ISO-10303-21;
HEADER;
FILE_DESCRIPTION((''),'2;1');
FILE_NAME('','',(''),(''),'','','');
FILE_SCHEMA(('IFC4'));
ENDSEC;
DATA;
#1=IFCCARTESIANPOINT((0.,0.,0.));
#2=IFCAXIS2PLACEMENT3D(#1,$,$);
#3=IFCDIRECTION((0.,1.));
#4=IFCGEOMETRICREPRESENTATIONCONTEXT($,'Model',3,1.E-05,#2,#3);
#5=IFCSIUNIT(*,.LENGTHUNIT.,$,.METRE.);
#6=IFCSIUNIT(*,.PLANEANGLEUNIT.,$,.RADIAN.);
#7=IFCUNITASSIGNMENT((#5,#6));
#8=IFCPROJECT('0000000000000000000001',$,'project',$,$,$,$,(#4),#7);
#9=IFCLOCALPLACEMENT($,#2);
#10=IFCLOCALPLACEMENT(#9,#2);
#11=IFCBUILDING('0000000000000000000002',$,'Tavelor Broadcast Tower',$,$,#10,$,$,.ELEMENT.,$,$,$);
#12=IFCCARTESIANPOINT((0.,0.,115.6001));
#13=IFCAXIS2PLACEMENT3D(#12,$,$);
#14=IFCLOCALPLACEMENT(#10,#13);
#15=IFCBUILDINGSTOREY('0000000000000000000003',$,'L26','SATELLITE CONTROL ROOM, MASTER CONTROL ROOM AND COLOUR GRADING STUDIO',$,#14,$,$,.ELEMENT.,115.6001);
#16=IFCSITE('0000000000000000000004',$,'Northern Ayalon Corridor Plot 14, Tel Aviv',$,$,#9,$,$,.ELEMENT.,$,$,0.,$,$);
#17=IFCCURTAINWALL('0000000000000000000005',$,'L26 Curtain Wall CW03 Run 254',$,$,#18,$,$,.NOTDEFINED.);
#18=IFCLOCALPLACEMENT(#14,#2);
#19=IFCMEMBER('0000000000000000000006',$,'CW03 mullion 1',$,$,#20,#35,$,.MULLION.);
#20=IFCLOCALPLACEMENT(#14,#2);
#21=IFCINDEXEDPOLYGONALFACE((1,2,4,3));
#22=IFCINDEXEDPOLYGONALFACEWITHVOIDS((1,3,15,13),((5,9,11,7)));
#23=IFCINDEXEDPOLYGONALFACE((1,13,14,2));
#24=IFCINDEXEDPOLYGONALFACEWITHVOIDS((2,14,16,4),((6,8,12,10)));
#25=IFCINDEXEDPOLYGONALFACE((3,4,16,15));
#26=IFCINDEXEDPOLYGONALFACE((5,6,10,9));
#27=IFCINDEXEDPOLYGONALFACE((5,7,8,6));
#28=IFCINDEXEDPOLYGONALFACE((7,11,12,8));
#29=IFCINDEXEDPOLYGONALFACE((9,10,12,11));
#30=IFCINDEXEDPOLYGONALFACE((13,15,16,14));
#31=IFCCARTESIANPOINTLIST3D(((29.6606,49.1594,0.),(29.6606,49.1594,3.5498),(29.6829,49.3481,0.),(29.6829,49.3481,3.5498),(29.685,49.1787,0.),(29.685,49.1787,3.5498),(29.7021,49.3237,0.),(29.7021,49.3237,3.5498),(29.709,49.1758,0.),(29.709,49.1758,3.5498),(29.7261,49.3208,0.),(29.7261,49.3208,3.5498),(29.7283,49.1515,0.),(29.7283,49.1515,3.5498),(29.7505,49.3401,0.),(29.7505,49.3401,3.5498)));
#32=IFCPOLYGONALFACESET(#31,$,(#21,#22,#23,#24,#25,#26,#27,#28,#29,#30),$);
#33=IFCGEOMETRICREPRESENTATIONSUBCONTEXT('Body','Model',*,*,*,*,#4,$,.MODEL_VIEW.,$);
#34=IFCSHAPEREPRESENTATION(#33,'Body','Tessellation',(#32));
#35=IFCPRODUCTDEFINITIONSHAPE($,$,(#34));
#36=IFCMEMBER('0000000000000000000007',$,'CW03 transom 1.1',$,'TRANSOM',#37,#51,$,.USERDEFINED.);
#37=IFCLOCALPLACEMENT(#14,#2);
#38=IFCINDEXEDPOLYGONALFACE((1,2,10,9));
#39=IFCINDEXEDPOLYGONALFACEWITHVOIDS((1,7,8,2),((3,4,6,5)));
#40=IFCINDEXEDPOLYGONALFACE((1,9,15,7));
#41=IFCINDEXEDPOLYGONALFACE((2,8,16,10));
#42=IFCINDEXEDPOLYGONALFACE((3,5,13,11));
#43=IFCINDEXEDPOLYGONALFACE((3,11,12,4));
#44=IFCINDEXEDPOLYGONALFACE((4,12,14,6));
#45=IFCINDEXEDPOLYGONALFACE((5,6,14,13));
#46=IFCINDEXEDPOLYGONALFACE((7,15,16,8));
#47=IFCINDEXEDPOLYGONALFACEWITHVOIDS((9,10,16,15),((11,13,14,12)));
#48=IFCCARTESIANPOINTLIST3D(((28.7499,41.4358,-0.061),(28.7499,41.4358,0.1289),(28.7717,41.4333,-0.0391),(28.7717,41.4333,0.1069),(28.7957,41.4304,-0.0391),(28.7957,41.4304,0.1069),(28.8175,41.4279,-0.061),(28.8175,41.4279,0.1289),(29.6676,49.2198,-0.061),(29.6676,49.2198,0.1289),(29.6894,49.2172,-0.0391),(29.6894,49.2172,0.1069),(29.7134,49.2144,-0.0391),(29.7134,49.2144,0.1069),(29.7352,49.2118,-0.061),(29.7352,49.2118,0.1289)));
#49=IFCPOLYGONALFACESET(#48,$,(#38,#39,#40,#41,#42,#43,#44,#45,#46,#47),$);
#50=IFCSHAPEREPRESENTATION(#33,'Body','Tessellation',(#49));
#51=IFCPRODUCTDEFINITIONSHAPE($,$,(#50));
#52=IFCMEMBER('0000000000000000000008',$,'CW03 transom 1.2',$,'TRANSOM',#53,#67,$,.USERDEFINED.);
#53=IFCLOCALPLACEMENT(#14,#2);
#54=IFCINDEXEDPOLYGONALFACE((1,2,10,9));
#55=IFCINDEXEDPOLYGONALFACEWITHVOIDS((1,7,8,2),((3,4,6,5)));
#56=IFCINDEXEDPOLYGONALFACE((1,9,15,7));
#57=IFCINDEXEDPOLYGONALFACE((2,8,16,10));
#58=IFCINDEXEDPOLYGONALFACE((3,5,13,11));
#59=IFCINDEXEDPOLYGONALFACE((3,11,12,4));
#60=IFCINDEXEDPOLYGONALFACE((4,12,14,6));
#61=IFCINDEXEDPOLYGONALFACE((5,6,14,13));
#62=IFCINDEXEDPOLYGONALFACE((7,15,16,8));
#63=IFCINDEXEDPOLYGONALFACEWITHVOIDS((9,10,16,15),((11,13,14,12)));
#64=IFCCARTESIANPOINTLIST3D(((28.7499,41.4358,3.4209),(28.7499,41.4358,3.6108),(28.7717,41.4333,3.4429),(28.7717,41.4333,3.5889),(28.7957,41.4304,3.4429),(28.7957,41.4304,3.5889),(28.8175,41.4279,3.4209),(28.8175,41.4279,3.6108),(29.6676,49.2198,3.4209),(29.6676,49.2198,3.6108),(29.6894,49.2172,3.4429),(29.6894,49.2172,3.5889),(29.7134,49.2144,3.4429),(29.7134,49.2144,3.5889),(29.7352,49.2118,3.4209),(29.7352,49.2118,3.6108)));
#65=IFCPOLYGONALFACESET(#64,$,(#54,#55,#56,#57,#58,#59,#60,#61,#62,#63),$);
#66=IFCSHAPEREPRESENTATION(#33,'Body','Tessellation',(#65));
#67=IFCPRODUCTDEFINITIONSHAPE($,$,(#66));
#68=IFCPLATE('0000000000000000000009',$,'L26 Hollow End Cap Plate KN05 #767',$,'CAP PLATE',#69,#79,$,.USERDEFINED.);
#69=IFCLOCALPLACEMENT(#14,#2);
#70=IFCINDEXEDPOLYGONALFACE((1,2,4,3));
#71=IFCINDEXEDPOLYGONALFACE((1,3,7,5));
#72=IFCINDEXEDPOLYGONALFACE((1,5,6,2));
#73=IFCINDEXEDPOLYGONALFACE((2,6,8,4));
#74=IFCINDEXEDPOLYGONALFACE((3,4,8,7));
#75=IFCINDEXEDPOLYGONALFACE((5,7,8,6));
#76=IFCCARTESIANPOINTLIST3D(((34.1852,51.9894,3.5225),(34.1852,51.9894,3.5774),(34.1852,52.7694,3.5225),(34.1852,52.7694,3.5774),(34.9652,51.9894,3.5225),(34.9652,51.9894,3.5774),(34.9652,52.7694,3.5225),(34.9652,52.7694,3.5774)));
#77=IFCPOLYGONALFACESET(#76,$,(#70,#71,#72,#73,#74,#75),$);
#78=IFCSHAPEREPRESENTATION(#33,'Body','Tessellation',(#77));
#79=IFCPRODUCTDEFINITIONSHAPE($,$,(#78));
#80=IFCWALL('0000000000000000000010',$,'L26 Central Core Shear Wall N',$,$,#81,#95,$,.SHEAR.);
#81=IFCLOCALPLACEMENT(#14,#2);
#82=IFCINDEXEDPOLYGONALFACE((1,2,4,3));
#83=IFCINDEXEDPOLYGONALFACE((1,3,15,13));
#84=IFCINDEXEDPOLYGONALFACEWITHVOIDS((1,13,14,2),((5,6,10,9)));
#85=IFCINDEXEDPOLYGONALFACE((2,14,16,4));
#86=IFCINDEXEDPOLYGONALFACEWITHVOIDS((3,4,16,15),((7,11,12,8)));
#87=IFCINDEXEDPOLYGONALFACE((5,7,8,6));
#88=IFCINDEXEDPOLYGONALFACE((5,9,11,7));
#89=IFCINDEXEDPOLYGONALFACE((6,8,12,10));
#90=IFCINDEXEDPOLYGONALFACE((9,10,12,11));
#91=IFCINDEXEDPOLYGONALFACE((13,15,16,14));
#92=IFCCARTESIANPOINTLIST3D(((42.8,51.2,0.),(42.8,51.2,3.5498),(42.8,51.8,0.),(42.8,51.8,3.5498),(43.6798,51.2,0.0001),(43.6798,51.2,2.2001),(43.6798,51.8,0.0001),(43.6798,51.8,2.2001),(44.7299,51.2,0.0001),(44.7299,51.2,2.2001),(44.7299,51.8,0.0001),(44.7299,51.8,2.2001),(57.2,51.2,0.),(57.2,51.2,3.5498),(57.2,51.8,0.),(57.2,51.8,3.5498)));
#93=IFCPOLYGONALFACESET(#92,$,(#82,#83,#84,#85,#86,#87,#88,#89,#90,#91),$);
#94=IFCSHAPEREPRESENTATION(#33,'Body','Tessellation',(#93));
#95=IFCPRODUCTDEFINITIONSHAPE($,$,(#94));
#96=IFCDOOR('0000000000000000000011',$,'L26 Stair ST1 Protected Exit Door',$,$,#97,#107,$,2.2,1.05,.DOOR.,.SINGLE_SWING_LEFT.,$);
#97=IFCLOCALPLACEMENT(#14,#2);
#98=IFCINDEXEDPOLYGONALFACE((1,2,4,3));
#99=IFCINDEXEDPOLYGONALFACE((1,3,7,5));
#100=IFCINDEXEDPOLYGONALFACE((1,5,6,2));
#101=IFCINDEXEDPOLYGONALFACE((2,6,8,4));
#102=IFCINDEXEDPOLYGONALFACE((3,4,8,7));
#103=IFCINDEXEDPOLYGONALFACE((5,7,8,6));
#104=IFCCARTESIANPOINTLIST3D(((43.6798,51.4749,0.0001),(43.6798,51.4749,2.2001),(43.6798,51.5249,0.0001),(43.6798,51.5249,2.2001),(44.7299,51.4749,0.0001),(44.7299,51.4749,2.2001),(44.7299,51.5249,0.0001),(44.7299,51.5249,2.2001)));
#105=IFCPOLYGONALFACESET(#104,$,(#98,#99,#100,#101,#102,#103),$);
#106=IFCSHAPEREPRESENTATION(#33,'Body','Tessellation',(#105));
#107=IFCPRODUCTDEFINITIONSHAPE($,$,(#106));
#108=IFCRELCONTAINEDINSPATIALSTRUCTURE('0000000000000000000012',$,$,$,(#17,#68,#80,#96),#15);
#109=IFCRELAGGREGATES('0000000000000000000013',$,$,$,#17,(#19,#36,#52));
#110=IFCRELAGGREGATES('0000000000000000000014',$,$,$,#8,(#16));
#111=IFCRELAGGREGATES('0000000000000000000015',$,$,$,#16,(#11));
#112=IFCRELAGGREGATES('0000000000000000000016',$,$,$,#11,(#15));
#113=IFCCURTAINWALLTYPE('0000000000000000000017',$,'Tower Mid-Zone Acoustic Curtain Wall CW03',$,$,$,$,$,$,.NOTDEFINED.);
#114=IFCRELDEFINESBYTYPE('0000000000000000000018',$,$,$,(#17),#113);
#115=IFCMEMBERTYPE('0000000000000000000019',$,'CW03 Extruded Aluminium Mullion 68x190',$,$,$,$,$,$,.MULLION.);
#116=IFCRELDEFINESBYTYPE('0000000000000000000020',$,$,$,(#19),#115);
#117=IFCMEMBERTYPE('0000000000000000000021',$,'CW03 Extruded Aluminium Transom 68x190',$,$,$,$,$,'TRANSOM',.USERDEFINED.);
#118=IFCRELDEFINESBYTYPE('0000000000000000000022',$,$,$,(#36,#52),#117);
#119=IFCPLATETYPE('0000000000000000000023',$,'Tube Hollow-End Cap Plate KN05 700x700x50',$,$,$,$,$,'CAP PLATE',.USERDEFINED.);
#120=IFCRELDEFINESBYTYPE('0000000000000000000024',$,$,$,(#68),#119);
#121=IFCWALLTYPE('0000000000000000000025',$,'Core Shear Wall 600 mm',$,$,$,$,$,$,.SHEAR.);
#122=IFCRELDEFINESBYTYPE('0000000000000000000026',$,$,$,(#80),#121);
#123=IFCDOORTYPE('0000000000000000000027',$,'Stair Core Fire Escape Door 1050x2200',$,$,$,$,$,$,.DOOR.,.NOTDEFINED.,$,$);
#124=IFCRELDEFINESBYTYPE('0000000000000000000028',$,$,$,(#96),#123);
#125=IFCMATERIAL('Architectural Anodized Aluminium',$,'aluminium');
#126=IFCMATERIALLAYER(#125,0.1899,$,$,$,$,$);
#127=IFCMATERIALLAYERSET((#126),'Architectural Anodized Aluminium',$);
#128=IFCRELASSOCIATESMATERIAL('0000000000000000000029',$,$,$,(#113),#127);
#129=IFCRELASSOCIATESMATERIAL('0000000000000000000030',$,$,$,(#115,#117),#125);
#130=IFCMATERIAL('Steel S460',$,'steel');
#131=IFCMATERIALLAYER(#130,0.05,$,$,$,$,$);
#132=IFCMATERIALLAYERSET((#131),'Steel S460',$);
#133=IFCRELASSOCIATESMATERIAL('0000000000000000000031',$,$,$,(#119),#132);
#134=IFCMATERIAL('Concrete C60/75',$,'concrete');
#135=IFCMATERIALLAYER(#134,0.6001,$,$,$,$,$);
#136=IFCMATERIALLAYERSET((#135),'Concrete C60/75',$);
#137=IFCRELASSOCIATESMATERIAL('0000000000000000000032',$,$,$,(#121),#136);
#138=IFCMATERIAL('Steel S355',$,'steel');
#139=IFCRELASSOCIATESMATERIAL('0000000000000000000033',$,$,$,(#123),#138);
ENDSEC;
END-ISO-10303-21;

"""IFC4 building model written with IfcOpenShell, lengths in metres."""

from ifc_helpers import new_model, si_unit, direction, frame, frame_2d, origin, origin_2d, place, context, subcontext, project, spatial, rectangle, hollow_rectangle, extrude, source, transform, mapped, material, layer, layer_set, material_profile, profile_set, type_object, type_shapes, element, fill, aggregate, save


model = new_model("IFC4")

# Units and contexts
model_context = context("Model", 3, precision=1e-05, world=origin(), true_north=direction((0.0, 1.0)))
body_context = subcontext(model_context, "Body", "Model", "MODEL_VIEW")
ifc_project = project(units=[si_unit("LENGTHUNIT", "METRE"), si_unit("PLANEANGLEUNIT", "RADIAN")], contexts=[model_context])

# Site, building, storey
site_placement = place(None, origin())
site = spatial("IfcSite", under=ifc_project, at=site_placement, Name="Northern Ayalon Corridor Plot 14, Tel Aviv", CompositionType="ELEMENT", RefElevation=0.0)
building_placement = place(site_placement, origin())
building = spatial("IfcBuilding", under=site, at=building_placement, Name="Tavelor Broadcast Tower", CompositionType="ELEMENT")
storey_placement = place(building_placement, frame((0.0, 0.0, 115.6001)))
storey = spatial("IfcBuildingStorey", under=building, at=storey_placement, Name="L26", Description="SATELLITE CONTROL ROOM, MASTER CONTROL ROOM AND COLOUR GRADING STUDIO", CompositionType="ELEMENT", Elevation=115.6001)

# Shared definitions
ifc_material_1 = material(Name="Steel S460", Category="steel")

# Shared definitions
ifc_material_2 = material(Name="Steel S355", Category="steel")

# Shared definitions
ifc_material_3 = material(Name="Architectural Anodized Aluminium", Category="aluminium")
ifc_layer_1 = layer(ifc_material_3, 0.1899)
ifc_layer_set_1 = layer_set([ifc_layer_1], Name="Architectural Anodized Aluminium")
curtain_wall_type = type_object("IfcCurtainWallType", Name="Tower Mid-Zone Acoustic Curtain Wall CW03", PredefinedType="NOTDEFINED", material=ifc_layer_set_1)
ifc_material_profile_1 = material_profile(ifc_material_3, hollow_rectangle(XDim=0.0681, YDim=0.1899, WallThickness=0.022, at=origin_2d()), Name="RHS 68x190x22")
ifc_profile_set_1 = profile_set([ifc_material_profile_1], Name="Architectural Anodized Aluminium")
member_type_1 = type_object("IfcMemberType", Name="CW03 Extruded Aluminium Mullion 68x190", PredefinedType="MULLION", material=ifc_profile_set_1)
shared_shape_1 = source(origin(), body_context, "Body", "SweptSolid", [
    extrude(hollow_rectangle(XDim=0.0681, YDim=0.1899, WallThickness=0.022, at=origin_2d()), origin(), (0.0, 0.0, 1.0), 3.5498),
])
type_shapes(member_type_1, [shared_shape_1])

# Curtain wall, members
curtain_wall_1_placement = place(storey_placement, origin())
curtain_wall_1 = element("IfcCurtainWall", 1, at=curtain_wall_1_placement, inside=storey, type_object=curtain_wall_type, Name="L26 Curtain Wall CW03 Run 254", PredefinedType="NOTDEFINED")
member_1_placement = place(storey_placement, frame((29.7056, 49.2498, 0.0), z_axis=(0.0, 0.0, 1.0), x_axis=(0.993119, -0.117108, 0.0)))
member_1 = element("IfcMember", 2, at=member_1_placement, type_object=member_type_1, Name="CW03 mullion 1", PredefinedType="MULLION", context=body_context, shape_type="MappedRepresentation", body=[
    mapped(shared_shape_1, transform((0.0, 0.0, 0.0), scale=1.0)),
])
ifc_material_profile_2 = material_profile(ifc_material_3, hollow_rectangle(XDim=0.0681, YDim=0.1899, WallThickness=0.022, at=origin_2d()), Name="RHS 68x190x22")
ifc_profile_set_2 = profile_set([ifc_material_profile_2], Name="Architectural Anodized Aluminium")
member_type_2 = type_object("IfcMemberType", Name="CW03 Extruded Aluminium Transom 68x190", ElementType="TRANSOM", PredefinedType="USERDEFINED", material=ifc_profile_set_2)
shared_shape_2 = source(origin(), body_context, "Body", "SweptSolid", [
    extrude(hollow_rectangle(XDim=0.0681, YDim=0.1899, WallThickness=0.022, at=origin_2d()), origin(), (0.0, 0.0, 1.0), 7.8379),
])
type_shapes(member_type_2, [shared_shape_2])
member_2_placement = place(storey_placement, frame((29.7014, 49.2158, 0.0339), z_axis=(-0.117089, -0.993121, 0.0), x_axis=(0.993121, -0.117089, 0.0)))
member_2 = element("IfcMember", 3, at=member_2_placement, type_object=member_type_2, Name="CW03 transom 1.1", ObjectType="TRANSOM", PredefinedType="USERDEFINED", context=body_context, shape_type="MappedRepresentation", body=[
    mapped(shared_shape_2, transform((0.0, 0.0, 0.0), scale=1.0)),
])
member_3_placement = place(storey_placement, frame((29.7014, 49.2158, 3.5159), z_axis=(-0.117089, -0.993121, 0.0), x_axis=(0.993121, -0.117089, 0.0)))
member_3 = element("IfcMember", 4, at=member_3_placement, type_object=member_type_2, Name="CW03 transom 1.2", ObjectType="TRANSOM", PredefinedType="USERDEFINED", context=body_context, shape_type="MappedRepresentation", body=[
    mapped(shared_shape_2, transform((0.0, 0.0, 0.0), scale=1.0)),
])
aggregate(curtain_wall_1, [member_1, member_2, member_3])

# Plate
ifc_layer_2 = layer(ifc_material_1, 0.05)
ifc_layer_set_2 = layer_set([ifc_layer_2], Name="Steel S460")
plate_type = type_object("IfcPlateType", Name="Tube Hollow-End Cap Plate KN05 700x700x50", ElementType="CAP PLATE", PredefinedType="USERDEFINED", material=ifc_layer_set_2)
shared_shape_3 = source(origin(), body_context, "Body", "SweptSolid", [
    extrude(rectangle(XDim=0.78, YDim=0.78, at=origin_2d()), origin(), (0.0, 0.0, 1.0), 0.0549),
])
type_shapes(plate_type, [shared_shape_3])
plate_placement = place(storey_placement, frame((34.5752, 52.3794, 3.5225), z_axis=(0.0, 0.0, 1.0), x_axis=(1.0, 0.0, 0.0)))
element("IfcPlate", 5, at=plate_placement, inside=storey, type_object=plate_type, Name="L26 Hollow End Cap Plate KN05 #767", ObjectType="CAP PLATE", PredefinedType="USERDEFINED", context=body_context, shape_type="MappedRepresentation", body=[
    mapped(shared_shape_3, transform((0.0, 0.0, 0.0), scale=1.0)),
])

# Wall, opening, door
ifc_material_4 = material(Name="Concrete C60/75", Category="concrete")
ifc_layer_3 = layer(ifc_material_4, 0.6001)
ifc_layer_set_3 = layer_set([ifc_layer_3], Name="Concrete C60/75")
wall_type_1 = type_object("IfcWallType", Name="Core Shear Wall 600 mm", PredefinedType="SHEAR", material=ifc_layer_set_3)
wall_1_placement = place(storey_placement, frame((42.8, 51.5, 0.0), z_axis=(0.0, 0.0, 1.0), x_axis=(1.0, 0.0, 0.0)))
wall_1 = element("IfcWall", 6, at=wall_1_placement, inside=storey, type_object=wall_type_1, Name="L26 Central Core Shear Wall N", PredefinedType="SHEAR", context=body_context, shape_type="SweptSolid", body=[
    extrude(rectangle(XDim=14.3999, YDim=0.6001, at=frame_2d((7.2, 0.0))), origin(), (0.0, 0.0, 1.0), 3.5498),
])
opening_1_placement = place(wall_1_placement, frame((0.8799, 0.0, 0.0)))
opening_1 = element("IfcOpeningElement", 7, at=opening_1_placement, cuts=wall_1, PredefinedType="OPENING", context=body_context, shape_type="SweptSolid", body=[
    extrude(rectangle(XDim=1.05, YDim=2.2, at=frame_2d((0.5249, 1.1001))), frame((0.0, 0.3101, 0.0), z_axis=(0.0, -1.0, 0.0), x_axis=(1.0, 0.0, 0.0)), (0.0, 0.0, 1.0), 0.6201),
])
door_type_1 = type_object("IfcDoorType", Name="Stair Core Fire Escape Door 1050x2200", OperationType="NOTDEFINED", PredefinedType="DOOR", material=ifc_material_2)
door_1_placement = place(opening_1_placement, origin())
door_1 = element("IfcDoor", 8, at=door_1_placement, inside=storey, type_object=door_type_1, Name="L26 Stair ST1 Protected Exit Door", OperationType="SINGLE_SWING_LEFT", OverallHeight=2.2, OverallWidth=1.05, PredefinedType="DOOR", context=body_context, shape_type="SweptSolid", body=[
    extrude(rectangle(XDim=1.05, YDim=2.2, at=frame_2d((0.5249, 1.1001))), frame((0.0, 0.0249, 0.0), z_axis=(0.0, -1.0, 0.0), x_axis=(1.0, 0.0, 0.0)), (0.0, 0.0, 1.0), 0.05),
])
fill(opening_1, door_1)

save(model, "model.ifc")
